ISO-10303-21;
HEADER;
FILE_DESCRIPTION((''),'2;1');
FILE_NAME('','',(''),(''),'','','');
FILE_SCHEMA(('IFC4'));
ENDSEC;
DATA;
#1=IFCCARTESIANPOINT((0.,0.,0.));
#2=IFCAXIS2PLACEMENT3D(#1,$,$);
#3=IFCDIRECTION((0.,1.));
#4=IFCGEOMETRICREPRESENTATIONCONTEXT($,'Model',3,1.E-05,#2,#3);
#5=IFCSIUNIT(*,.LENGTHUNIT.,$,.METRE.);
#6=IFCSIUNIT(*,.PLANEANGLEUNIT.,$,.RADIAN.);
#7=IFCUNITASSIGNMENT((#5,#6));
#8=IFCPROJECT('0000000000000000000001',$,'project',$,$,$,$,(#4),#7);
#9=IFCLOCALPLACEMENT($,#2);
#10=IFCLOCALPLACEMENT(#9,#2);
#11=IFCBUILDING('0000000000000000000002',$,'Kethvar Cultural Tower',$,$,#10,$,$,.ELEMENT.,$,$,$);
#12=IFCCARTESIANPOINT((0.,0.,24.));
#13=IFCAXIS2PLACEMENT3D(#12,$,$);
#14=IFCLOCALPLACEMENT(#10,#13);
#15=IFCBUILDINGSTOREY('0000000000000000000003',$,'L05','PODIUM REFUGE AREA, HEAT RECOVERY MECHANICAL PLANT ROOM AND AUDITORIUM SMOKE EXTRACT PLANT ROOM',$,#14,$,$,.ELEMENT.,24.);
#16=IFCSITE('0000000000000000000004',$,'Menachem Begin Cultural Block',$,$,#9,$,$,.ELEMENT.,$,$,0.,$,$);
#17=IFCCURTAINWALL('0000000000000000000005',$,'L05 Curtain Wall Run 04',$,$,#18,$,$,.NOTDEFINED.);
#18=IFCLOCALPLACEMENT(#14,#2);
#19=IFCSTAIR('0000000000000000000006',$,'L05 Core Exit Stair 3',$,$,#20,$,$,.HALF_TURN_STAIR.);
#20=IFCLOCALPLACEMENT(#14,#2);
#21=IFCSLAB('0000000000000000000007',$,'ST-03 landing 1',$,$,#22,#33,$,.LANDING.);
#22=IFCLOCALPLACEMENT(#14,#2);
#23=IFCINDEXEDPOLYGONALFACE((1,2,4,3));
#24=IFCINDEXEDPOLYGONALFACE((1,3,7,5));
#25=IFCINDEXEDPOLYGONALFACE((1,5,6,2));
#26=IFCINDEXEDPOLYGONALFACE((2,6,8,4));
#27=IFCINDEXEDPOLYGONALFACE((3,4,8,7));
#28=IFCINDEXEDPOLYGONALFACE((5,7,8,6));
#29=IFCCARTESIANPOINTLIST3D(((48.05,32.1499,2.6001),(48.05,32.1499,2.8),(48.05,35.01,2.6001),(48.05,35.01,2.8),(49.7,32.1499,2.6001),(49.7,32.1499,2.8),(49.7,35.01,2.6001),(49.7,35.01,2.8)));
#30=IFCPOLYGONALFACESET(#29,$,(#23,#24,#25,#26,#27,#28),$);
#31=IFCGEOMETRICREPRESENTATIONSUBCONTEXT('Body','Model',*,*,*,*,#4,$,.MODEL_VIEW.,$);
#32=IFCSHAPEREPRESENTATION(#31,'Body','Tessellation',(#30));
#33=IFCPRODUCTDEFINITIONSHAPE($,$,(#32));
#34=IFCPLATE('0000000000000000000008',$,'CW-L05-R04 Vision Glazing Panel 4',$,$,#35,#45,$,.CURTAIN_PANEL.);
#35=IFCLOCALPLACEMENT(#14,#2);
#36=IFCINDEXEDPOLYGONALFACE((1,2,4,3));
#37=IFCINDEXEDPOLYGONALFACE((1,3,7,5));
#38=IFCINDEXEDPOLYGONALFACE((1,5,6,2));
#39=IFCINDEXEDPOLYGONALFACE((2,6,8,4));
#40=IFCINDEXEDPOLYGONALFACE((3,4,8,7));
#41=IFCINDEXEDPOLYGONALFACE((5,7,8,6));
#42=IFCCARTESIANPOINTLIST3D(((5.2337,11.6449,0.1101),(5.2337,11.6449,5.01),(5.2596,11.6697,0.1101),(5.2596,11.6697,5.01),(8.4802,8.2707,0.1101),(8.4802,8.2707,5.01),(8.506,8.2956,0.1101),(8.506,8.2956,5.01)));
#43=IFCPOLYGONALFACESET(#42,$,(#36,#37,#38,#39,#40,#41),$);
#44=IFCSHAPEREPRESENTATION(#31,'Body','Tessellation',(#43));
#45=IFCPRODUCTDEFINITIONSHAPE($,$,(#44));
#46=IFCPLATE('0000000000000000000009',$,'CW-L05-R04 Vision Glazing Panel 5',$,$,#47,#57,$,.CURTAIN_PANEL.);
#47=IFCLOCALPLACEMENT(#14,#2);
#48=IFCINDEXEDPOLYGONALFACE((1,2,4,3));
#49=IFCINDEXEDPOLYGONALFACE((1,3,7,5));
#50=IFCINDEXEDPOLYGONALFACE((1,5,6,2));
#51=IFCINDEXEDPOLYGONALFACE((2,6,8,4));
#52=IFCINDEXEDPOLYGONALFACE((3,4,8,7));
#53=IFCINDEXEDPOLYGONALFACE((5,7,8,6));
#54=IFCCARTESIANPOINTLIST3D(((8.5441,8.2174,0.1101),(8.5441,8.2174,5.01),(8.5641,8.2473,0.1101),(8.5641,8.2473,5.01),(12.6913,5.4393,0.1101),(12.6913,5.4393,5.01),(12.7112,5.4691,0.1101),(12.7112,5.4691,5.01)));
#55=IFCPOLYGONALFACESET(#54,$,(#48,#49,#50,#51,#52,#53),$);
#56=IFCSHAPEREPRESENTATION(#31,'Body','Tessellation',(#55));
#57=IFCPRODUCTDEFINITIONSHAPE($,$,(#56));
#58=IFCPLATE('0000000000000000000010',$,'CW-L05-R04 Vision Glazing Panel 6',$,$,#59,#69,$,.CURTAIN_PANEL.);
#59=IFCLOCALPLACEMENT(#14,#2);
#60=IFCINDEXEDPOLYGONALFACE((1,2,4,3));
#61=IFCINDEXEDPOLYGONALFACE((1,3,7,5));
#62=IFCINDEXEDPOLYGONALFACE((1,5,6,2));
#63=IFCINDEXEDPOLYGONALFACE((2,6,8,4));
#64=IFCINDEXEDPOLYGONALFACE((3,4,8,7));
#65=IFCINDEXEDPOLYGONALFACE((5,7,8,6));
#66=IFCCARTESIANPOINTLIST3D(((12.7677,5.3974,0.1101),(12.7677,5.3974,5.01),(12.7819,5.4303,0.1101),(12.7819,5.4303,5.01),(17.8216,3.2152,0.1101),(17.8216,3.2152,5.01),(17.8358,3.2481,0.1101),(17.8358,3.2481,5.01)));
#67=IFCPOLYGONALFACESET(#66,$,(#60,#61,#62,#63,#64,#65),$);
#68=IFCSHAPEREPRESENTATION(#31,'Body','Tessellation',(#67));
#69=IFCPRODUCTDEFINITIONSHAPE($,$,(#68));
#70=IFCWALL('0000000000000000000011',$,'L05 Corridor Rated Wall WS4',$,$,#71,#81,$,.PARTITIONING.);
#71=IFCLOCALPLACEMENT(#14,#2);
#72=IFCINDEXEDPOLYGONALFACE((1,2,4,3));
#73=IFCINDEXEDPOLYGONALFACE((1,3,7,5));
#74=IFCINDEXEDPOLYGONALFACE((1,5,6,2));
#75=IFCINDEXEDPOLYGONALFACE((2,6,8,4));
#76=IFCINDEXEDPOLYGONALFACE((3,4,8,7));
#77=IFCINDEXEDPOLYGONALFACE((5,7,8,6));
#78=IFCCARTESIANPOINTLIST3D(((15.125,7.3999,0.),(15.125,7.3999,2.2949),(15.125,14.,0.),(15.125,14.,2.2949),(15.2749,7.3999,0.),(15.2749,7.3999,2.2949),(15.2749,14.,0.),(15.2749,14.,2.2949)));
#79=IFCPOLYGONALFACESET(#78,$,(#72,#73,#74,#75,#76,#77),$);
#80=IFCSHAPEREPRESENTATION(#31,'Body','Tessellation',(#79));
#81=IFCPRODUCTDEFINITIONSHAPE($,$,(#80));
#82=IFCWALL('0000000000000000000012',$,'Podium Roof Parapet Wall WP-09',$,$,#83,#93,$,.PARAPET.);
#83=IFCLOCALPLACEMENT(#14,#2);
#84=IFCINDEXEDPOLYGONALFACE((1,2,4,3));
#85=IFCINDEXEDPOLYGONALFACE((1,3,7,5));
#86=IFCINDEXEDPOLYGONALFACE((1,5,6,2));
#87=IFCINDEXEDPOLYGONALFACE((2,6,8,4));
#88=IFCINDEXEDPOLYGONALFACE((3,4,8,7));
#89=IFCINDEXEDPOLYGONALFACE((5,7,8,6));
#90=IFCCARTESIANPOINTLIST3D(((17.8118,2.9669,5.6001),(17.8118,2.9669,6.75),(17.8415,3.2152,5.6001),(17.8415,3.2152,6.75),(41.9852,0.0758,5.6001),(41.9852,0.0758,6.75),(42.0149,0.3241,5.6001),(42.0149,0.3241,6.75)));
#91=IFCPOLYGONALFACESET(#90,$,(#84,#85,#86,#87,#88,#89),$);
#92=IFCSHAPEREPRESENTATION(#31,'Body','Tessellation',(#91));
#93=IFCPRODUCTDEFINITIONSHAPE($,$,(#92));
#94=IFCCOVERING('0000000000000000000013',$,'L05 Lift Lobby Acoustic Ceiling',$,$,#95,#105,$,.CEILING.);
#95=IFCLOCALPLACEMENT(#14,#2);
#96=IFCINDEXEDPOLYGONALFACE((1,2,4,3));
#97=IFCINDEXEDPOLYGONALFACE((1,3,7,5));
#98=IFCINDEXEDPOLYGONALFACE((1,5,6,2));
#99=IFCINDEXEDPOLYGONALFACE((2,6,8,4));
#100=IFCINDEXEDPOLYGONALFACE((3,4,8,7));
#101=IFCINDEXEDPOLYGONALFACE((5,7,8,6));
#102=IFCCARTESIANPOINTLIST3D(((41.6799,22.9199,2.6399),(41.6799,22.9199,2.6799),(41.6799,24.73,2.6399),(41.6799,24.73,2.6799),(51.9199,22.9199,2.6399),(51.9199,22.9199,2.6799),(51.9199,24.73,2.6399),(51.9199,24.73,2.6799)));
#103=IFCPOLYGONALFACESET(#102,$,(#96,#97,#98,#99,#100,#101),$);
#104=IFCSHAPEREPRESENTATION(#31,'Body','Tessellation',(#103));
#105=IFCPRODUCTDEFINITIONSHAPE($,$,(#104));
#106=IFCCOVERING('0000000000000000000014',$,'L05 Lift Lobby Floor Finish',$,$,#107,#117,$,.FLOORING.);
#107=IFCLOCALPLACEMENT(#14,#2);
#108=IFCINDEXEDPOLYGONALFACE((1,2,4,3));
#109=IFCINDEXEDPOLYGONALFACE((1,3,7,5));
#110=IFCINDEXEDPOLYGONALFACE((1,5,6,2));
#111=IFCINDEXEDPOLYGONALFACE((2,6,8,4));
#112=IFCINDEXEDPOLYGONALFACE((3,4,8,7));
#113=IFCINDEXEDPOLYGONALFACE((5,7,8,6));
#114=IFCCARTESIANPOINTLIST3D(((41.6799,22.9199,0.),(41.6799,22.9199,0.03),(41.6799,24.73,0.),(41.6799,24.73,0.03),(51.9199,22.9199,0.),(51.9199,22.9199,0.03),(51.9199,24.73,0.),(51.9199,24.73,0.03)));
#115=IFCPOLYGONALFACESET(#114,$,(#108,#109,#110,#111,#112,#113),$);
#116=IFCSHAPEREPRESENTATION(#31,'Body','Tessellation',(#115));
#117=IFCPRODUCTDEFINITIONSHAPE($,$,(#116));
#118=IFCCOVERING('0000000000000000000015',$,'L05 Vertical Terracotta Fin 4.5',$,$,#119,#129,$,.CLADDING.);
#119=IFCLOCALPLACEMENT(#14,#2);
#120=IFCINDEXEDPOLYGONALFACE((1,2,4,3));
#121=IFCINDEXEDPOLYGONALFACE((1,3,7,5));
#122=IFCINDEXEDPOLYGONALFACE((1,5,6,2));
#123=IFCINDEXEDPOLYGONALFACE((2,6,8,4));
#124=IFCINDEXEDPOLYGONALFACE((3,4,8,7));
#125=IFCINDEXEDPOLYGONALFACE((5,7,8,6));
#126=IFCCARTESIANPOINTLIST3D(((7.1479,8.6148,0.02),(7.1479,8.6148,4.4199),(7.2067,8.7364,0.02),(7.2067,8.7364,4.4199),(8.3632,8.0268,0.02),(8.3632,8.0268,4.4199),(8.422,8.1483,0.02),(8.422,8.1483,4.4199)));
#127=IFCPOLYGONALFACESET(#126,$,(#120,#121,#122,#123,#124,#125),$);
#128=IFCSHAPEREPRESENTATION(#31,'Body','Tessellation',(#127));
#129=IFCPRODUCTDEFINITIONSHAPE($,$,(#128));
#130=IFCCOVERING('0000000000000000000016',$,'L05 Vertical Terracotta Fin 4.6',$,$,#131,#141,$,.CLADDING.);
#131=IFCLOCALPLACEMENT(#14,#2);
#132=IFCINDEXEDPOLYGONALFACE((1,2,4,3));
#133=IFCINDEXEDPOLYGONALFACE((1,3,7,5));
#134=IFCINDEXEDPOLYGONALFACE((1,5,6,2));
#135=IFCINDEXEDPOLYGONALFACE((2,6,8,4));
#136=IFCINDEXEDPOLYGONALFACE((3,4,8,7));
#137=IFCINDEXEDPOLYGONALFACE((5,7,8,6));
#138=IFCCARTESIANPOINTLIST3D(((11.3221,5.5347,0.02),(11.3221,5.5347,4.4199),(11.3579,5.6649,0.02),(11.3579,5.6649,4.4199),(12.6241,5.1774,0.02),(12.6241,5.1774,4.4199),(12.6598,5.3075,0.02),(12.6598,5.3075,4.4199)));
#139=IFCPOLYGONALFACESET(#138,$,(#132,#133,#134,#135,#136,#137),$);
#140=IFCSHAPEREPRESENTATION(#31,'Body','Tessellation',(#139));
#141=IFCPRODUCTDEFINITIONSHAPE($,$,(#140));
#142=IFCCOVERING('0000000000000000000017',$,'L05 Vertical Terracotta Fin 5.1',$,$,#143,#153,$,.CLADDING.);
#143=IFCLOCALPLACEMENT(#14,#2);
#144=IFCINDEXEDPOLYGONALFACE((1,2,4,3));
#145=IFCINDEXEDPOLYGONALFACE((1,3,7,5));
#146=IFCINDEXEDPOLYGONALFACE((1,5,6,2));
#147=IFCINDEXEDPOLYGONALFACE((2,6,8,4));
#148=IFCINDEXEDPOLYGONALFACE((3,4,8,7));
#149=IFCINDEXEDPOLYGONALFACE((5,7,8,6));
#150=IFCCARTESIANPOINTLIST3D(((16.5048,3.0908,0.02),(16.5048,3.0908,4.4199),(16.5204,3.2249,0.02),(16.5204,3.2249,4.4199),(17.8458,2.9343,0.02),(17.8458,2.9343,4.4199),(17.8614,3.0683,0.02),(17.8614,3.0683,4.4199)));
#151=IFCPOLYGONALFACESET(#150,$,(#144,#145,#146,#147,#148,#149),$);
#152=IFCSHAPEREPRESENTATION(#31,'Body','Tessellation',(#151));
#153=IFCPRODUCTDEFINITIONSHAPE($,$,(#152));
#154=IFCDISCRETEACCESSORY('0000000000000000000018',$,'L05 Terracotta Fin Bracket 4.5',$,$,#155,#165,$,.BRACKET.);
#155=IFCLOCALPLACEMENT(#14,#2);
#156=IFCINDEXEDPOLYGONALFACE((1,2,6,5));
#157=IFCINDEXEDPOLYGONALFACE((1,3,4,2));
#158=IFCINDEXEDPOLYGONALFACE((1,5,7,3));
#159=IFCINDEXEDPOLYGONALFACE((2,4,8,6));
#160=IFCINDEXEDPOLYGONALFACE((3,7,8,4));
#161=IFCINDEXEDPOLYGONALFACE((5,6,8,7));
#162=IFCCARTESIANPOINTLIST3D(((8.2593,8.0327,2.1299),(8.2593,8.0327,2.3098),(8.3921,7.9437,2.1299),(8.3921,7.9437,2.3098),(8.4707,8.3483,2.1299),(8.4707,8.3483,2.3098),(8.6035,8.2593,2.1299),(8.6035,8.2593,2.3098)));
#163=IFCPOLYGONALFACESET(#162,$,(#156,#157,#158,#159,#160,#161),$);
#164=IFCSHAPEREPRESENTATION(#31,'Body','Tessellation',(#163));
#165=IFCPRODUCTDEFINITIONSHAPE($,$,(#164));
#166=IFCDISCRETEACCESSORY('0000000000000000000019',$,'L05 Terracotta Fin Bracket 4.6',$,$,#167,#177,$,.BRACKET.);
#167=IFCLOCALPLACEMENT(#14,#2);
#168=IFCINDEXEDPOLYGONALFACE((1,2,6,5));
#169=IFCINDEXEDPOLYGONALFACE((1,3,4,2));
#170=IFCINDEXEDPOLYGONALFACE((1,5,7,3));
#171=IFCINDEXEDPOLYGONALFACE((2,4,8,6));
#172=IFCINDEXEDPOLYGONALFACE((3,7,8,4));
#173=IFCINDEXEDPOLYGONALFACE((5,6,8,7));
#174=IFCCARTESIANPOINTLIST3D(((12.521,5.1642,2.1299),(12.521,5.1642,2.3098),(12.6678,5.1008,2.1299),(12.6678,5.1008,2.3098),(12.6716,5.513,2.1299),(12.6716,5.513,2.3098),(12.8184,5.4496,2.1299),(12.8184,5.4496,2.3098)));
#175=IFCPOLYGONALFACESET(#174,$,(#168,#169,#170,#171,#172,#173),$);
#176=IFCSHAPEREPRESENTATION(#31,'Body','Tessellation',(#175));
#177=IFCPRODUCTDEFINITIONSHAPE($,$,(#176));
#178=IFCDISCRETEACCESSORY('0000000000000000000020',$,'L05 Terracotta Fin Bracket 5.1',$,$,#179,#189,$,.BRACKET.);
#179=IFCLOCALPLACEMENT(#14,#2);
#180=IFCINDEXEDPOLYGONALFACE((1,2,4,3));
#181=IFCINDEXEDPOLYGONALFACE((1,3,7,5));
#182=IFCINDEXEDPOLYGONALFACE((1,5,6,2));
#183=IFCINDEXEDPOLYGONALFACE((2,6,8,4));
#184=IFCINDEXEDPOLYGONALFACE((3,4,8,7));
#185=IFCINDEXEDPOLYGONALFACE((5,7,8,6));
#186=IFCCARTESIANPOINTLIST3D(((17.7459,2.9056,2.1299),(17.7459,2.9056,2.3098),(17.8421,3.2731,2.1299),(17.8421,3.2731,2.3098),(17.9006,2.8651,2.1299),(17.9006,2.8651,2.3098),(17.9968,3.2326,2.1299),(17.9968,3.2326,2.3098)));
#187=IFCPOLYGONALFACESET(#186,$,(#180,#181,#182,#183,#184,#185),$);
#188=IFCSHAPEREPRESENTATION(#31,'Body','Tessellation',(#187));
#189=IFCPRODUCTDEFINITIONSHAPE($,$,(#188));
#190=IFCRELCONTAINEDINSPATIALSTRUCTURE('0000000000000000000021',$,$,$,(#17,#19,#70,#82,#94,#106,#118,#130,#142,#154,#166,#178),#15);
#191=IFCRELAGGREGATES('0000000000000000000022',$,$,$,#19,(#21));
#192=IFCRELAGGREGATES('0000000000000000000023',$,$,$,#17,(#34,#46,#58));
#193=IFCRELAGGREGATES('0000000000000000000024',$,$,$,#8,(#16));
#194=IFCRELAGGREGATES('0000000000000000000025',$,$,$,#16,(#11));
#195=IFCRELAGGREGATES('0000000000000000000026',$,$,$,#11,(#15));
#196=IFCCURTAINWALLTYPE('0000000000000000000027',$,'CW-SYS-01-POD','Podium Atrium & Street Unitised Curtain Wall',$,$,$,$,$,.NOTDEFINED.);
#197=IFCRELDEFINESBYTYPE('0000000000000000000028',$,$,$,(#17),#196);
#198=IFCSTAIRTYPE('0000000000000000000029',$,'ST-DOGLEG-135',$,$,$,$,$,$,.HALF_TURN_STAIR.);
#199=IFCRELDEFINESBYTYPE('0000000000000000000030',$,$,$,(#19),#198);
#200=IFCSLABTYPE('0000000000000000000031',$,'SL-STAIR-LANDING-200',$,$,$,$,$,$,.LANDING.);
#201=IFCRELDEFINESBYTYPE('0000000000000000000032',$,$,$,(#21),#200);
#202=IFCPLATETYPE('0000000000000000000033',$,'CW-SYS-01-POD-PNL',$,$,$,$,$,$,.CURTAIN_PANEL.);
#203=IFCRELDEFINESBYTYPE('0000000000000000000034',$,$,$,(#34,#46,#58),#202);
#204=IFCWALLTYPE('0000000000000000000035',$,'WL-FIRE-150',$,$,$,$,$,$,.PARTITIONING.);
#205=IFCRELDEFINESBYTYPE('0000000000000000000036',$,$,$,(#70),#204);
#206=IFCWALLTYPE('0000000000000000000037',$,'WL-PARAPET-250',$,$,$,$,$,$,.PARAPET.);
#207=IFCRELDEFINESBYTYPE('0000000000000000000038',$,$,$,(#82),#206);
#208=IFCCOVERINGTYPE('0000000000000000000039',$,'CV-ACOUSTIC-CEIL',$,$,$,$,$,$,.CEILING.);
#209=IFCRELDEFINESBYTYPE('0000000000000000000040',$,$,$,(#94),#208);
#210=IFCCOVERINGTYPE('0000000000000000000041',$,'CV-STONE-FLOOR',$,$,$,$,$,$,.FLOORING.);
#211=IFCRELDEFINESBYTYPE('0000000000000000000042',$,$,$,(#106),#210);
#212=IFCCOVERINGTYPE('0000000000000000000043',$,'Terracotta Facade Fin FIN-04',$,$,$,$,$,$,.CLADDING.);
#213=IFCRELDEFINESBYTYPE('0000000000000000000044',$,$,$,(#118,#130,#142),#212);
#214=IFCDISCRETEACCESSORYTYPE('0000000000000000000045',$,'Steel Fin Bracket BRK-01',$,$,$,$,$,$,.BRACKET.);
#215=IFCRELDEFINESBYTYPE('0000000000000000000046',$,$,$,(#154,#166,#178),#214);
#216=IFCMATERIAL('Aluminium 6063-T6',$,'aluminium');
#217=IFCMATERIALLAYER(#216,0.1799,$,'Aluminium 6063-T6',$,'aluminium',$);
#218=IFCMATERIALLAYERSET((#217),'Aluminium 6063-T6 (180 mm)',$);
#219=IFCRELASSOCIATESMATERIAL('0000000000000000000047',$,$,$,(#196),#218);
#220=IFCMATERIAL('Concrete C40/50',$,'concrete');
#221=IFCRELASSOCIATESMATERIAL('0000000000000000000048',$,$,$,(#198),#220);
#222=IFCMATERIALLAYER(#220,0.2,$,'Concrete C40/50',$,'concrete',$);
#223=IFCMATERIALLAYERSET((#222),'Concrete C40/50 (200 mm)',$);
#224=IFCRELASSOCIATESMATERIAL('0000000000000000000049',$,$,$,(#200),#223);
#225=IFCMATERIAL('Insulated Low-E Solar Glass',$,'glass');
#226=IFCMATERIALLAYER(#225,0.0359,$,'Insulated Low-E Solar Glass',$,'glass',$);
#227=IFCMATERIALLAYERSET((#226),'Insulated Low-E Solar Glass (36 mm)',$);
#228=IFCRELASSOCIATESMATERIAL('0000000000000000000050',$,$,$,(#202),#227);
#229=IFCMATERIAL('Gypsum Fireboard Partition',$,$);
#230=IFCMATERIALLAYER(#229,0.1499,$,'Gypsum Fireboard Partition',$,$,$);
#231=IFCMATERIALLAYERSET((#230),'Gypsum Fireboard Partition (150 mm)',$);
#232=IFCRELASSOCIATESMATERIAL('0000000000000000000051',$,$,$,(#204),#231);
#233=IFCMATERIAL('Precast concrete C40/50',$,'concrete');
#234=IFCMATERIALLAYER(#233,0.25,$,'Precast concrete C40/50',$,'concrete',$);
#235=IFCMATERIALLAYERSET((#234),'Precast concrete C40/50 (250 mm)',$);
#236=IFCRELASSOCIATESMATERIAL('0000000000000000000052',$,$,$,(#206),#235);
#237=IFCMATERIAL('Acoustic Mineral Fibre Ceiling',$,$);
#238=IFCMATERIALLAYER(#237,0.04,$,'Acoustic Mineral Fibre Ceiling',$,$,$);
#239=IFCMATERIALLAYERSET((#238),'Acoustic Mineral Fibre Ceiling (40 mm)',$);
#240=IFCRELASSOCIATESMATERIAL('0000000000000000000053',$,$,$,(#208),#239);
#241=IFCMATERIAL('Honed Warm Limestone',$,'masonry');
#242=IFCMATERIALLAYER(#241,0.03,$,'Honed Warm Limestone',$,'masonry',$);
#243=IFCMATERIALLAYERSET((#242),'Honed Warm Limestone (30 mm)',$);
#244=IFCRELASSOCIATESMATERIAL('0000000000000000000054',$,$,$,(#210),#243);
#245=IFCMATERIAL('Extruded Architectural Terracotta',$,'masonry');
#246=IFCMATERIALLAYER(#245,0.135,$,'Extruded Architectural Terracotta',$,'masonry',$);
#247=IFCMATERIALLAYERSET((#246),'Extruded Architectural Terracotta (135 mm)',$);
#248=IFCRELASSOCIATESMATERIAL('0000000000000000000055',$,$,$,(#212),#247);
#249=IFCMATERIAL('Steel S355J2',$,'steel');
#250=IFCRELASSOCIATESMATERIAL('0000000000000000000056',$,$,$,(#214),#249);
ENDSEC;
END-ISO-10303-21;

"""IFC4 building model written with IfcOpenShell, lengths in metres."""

from ifc_helpers import new_model, si_unit, direction, frame, frame_2d, origin, origin_2d, place, context, subcontext, project, spatial, polyline, rectangle, outline, extrude, source, transform, mapped, material, layer, layer_set, type_object, element, aggregate, save


model = new_model("IFC4")

# Units and contexts
model_context = context("Model", 3, precision=1e-05, world=origin(), true_north=direction((0.0, 1.0)))
body_context = subcontext(model_context, "Body", "Model", "MODEL_VIEW")
ifc_project = project(units=[si_unit("LENGTHUNIT", "METRE"), si_unit("PLANEANGLEUNIT", "RADIAN")], contexts=[model_context])

# Site, building, storey
site_placement = place(None, origin())
site = spatial("IfcSite", under=ifc_project, at=site_placement, Name="Menachem Begin Cultural Block", CompositionType="ELEMENT", RefElevation=0.0)
building_placement = place(site_placement, origin())
building = spatial("IfcBuilding", under=site, at=building_placement, Name="Kethvar Cultural Tower", CompositionType="ELEMENT")
storey_placement = place(building_placement, frame((0.0, 0.0, 24.0)))
storey = spatial("IfcBuildingStorey", under=building, at=storey_placement, Name="L05", Description="PODIUM REFUGE AREA, HEAT RECOVERY MECHANICAL PLANT ROOM AND AUDITORIUM SMOKE EXTRACT PLANT ROOM", CompositionType="ELEMENT", Elevation=24.0)

# Curtain wall
ifc_material_1 = material(Name="Aluminium 6063-T6", Category="aluminium")
ifc_layer_1 = layer(ifc_material_1, 0.1799, Name="Aluminium 6063-T6", Category="aluminium")
ifc_layer_set_1 = layer_set([ifc_layer_1], Name="Aluminium 6063-T6 (180 mm)")
curtain_wall_type = type_object("IfcCurtainWallType", Name="CW-SYS-01-POD", Description="Podium Atrium & Street Unitised Curtain Wall", PredefinedType="NOTDEFINED", material=ifc_layer_set_1)
curtain_wall_1_placement = place(storey_placement, origin())
curtain_wall_1 = element("IfcCurtainWall", 1, at=curtain_wall_1_placement, inside=storey, type_object=curtain_wall_type, Name="L05 Curtain Wall Run 04", PredefinedType="NOTDEFINED")

# Shared definitions
ifc_material_2 = material(Name="Concrete C40/50", Category="concrete")
ifc_material_3 = material(Name="Steel S355J2", Category="steel")

# Stair, slab
stair_type = type_object("IfcStairType", Name="ST-DOGLEG-135", PredefinedType="HALF_TURN_STAIR", material=ifc_material_2)
ifc_layer_2 = layer(ifc_material_2, 0.2, Name="Concrete C40/50", Category="concrete")
ifc_layer_set_2 = layer_set([ifc_layer_2], Name="Concrete C40/50 (200 mm)")
slab_type_1 = type_object("IfcSlabType", Name="SL-STAIR-LANDING-200", PredefinedType="LANDING", material=ifc_layer_set_2)
stair_1_placement = place(storey_placement, origin())
stair_1 = element("IfcStair", 2, at=stair_1_placement, inside=storey, type_object=stair_type, Name="L05 Core Exit Stair 3", PredefinedType="HALF_TURN_STAIR")
slab_1_placement = place(storey_placement, frame((0.0, 0.0, 2.6001)))
slab_1 = element("IfcSlab", 3, at=slab_1_placement, type_object=slab_type_1, Name="ST-03 landing 1", PredefinedType="LANDING", context=body_context, shape_type="SweptSolid", body=[
    extrude(outline(polyline([(49.7, 35.01), (48.05, 35.01), (48.05, 32.1499), (49.7, 32.1499), (49.7, 35.01)])), origin(), (0.0, 0.0, 1.0), 0.2),
])
aggregate(stair_1, [slab_1])

# Plates
ifc_material_4 = material(Name="Insulated Low-E Solar Glass", Category="glass")
ifc_layer_3 = layer(ifc_material_4, 0.0359, Name="Insulated Low-E Solar Glass", Category="glass")
ifc_layer_set_3 = layer_set([ifc_layer_3], Name="Insulated Low-E Solar Glass (36 mm)")
plate_type = type_object("IfcPlateType", Name="CW-SYS-01-POD-PNL", PredefinedType="CURTAIN_PANEL", material=ifc_layer_set_3)
shared_shape_1 = source(origin(), body_context, "Body", "SweptSolid", [
    extrude(rectangle(XDim=4.6824, YDim=0.0359, at=origin_2d()), origin(), (0.0, 0.0, 1.0), 4.8999),
])
plate_1_placement = place(storey_placement, frame((6.8699, 9.9702, 0.1101), z_axis=(0.0, 0.0, 1.0), x_axis=(0.693339, -0.720612, 0.0)))
plate_1 = element("IfcPlate", 4, at=plate_1_placement, type_object=plate_type, Name="CW-L05-R04 Vision Glazing Panel 4", PredefinedType="CURTAIN_PANEL", context=body_context, shape_type="MappedRepresentation", body=[
    mapped(shared_shape_1, transform((0.0, 0.0, 0.0), scale=1.0)),
])
shared_shape_2 = source(origin(), body_context, "Body", "SweptSolid", [
    extrude(rectangle(XDim=4.9917, YDim=0.0359, at=origin_2d()), origin(), (0.0, 0.0, 1.0), 4.8999),
])
plate_2_placement = place(storey_placement, frame((10.6277, 6.8433, 0.1101), z_axis=(0.0, 0.0, 1.0), x_axis=(0.83081, -0.556557, 0.0)))
plate_2 = element("IfcPlate", 5, at=plate_2_placement, type_object=plate_type, Name="CW-L05-R04 Vision Glazing Panel 5", PredefinedType="CURTAIN_PANEL", context=body_context, shape_type="MappedRepresentation", body=[
    mapped(shared_shape_2, transform((0.0, 0.0, 0.0), scale=1.0)),
])
shared_shape_3 = source(origin(), body_context, "Body", "SweptSolid", [
    extrude(rectangle(XDim=5.5049, YDim=0.0359, at=origin_2d()), origin(), (0.0, 0.0, 1.0), 4.8999),
])
plate_3_placement = place(storey_placement, frame((15.3018, 4.3228, 0.1101), z_axis=(0.0, 0.0, 1.0), x_axis=(0.918073, -0.396411, 0.0)))
plate_3 = element("IfcPlate", 6, at=plate_3_placement, type_object=plate_type, Name="CW-L05-R04 Vision Glazing Panel 6", PredefinedType="CURTAIN_PANEL", context=body_context, shape_type="MappedRepresentation", body=[
    mapped(shared_shape_3, transform((0.0, 0.0, 0.0), scale=1.0)),
])
aggregate(curtain_wall_1, [plate_1, plate_2, plate_3])

# Walls
ifc_material_5 = material(Name="Gypsum Fireboard Partition")
ifc_layer_4 = layer(ifc_material_5, 0.1499, Name="Gypsum Fireboard Partition")
ifc_layer_set_4 = layer_set([ifc_layer_4], Name="Gypsum Fireboard Partition (150 mm)")
wall_type_1 = type_object("IfcWallType", Name="WL-FIRE-150", PredefinedType="PARTITIONING", material=ifc_layer_set_4)
wall_1_placement = place(storey_placement, frame((15.2, 7.3999, 0.0), z_axis=(0.0, 0.0, 1.0), x_axis=(0.0, 1.0, 0.0)))
element("IfcWall", 7, at=wall_1_placement, inside=storey, type_object=wall_type_1, Name="L05 Corridor Rated Wall WS4", PredefinedType="PARTITIONING", context=body_context, shape_type="SweptSolid", body=[
    extrude(rectangle(XDim=6.6001, YDim=0.1499, at=frame_2d((3.3, 0.0))), origin(), (0.0, 0.0, 1.0), 2.2949),
])
ifc_material_6 = material(Name="Precast concrete C40/50", Category="concrete")
ifc_layer_5 = layer(ifc_material_6, 0.25, Name="Precast concrete C40/50", Category="concrete")
ifc_layer_set_5 = layer_set([ifc_layer_5], Name="Precast concrete C40/50 (250 mm)")
wall_type_2 = type_object("IfcWallType", Name="WL-PARAPET-250", PredefinedType="PARAPET", material=ifc_layer_set_5)
wall_2_placement = place(storey_placement, frame((17.8267, 3.0911, 5.6001), z_axis=(0.0, 0.0, 1.0), x_axis=(0.992924, -0.118753, 0.0)))
element("IfcWall", 8, at=wall_2_placement, inside=storey, type_object=wall_type_2, Name="Podium Roof Parapet Wall WP-09", PredefinedType="PARAPET", context=body_context, shape_type="SweptSolid", body=[
    extrude(rectangle(XDim=24.3457, YDim=0.25, at=frame_2d((12.1729, 0.0))), origin(), (0.0, 0.0, 1.0), 1.1499),
])

# Coverings
ifc_material_7 = material(Name="Acoustic Mineral Fibre Ceiling")
ifc_layer_6 = layer(ifc_material_7, 0.04, Name="Acoustic Mineral Fibre Ceiling")
ifc_layer_set_6 = layer_set([ifc_layer_6], Name="Acoustic Mineral Fibre Ceiling (40 mm)")
covering_type_1 = type_object("IfcCoveringType", Name="CV-ACOUSTIC-CEIL", PredefinedType="CEILING", material=ifc_layer_set_6)
covering_1_placement = place(storey_placement, frame((0.0, 0.0, 2.6399)))
element("IfcCovering", 9, at=covering_1_placement, inside=storey, type_object=covering_type_1, Name="L05 Lift Lobby Acoustic Ceiling", PredefinedType="CEILING", context=body_context, shape_type="SweptSolid", body=[
    extrude(outline(polyline([(41.6799, 22.9199), (51.9199, 22.9199), (51.9199, 24.73), (41.6799, 24.73), (41.6799, 22.9199)])), origin(), (0.0, 0.0, 1.0), 0.04),
])
ifc_material_8 = material(Name="Honed Warm Limestone", Category="masonry")
ifc_layer_7 = layer(ifc_material_8, 0.03, Name="Honed Warm Limestone", Category="masonry")
ifc_layer_set_7 = layer_set([ifc_layer_7], Name="Honed Warm Limestone (30 mm)")
covering_type_2 = type_object("IfcCoveringType", Name="CV-STONE-FLOOR", PredefinedType="FLOORING", material=ifc_layer_set_7)
covering_2_placement = place(storey_placement, origin())
element("IfcCovering", 10, at=covering_2_placement, inside=storey, type_object=covering_type_2, Name="L05 Lift Lobby Floor Finish", PredefinedType="FLOORING", context=body_context, shape_type="SweptSolid", body=[
    extrude(outline(polyline([(41.6799, 22.9199), (51.9199, 22.9199), (51.9199, 24.73), (41.6799, 24.73), (41.6799, 22.9199)])), origin(), (0.0, 0.0, 1.0), 0.03),
])
ifc_material_9 = material(Name="Extruded Architectural Terracotta", Category="masonry")
ifc_layer_8 = layer(ifc_material_9, 0.135, Name="Extruded Architectural Terracotta", Category="masonry")
ifc_layer_set_8 = layer_set([ifc_layer_8], Name="Extruded Architectural Terracotta (135 mm)")
covering_type_3 = type_object("IfcCoveringType", Name="Terracotta Facade Fin FIN-04", PredefinedType="CLADDING", material=ifc_layer_set_8)
shared_shape_4 = source(origin(), body_context, "Body", "SweptSolid", [
    extrude(rectangle(XDim=1.3501, YDim=0.135, at=origin_2d()), origin(), (0.0, 0.0, 1.0), 4.3999),
])
for number, where, z_axis, x_axis, name in (
    (11, (7.7849, 8.3816, 0.02), (0.0, 0.0, 1.0), (-0.900167, 0.435545, 0.0), "L05 Vertical Terracotta Fin 4.5"),
    (12, (11.991, 5.4211, 0.02), (0.0, 0.0, 1.0), (-0.964327, 0.264715, 0.0), "L05 Vertical Terracotta Fin 4.6"),
    (13, (17.1831, 3.0796, 0.02), (0.0, 0.0, 1.0), (-0.993252, 0.115977, 0.0), "L05 Vertical Terracotta Fin 5.1"),
):
    element("IfcCovering", number, at=place(storey_placement, frame(where, z_axis=z_axis, x_axis=x_axis)), inside=storey, type_object=covering_type_3, Name=name, PredefinedType="CLADDING", context=body_context, shape_type="MappedRepresentation", body=[
        mapped(shared_shape_4, transform((0.0, 0.0, 0.0), scale=1.0)),
    ])

# Discrete accessories
discrete_accessory_type = type_object("IfcDiscreteAccessoryType", Name="Steel Fin Bracket BRK-01", PredefinedType="BRACKET", material=ifc_material_3)
shared_shape_5 = source(origin(), body_context, "Body", "SweptSolid", [
    extrude(rectangle(XDim=0.3799, YDim=0.1599, at=origin_2d()), origin(), (0.0, 0.0, 1.0), 0.1799),
])
for number, where, z_axis, x_axis, name in (
    (14, (8.4314, 8.146, 2.1299), (0.0, 0.0, 1.0), (-0.556586, -0.83079, 0.0), "L05 Terracotta Fin Bracket 4.5"),
    (15, (12.6697, 5.3069, 2.1299), (0.0, 0.0, 1.0), (-0.396347, -0.918101, 0.0), "L05 Terracotta Fin Bracket 4.6"),
    (16, (17.8713, 3.0691, 2.1299), (0.0, 0.0, 1.0), (-0.253083, -0.967445, 0.0), "L05 Terracotta Fin Bracket 5.1"),
):
    element("IfcDiscreteAccessory", number, at=place(storey_placement, frame(where, z_axis=z_axis, x_axis=x_axis)), inside=storey, type_object=discrete_accessory_type, Name=name, PredefinedType="BRACKET", context=body_context, shape_type="MappedRepresentation", body=[
        mapped(shared_shape_5, transform((0.0, 0.0, 0.0), scale=1.0)),
    ])

save(model, "model.ifc")
